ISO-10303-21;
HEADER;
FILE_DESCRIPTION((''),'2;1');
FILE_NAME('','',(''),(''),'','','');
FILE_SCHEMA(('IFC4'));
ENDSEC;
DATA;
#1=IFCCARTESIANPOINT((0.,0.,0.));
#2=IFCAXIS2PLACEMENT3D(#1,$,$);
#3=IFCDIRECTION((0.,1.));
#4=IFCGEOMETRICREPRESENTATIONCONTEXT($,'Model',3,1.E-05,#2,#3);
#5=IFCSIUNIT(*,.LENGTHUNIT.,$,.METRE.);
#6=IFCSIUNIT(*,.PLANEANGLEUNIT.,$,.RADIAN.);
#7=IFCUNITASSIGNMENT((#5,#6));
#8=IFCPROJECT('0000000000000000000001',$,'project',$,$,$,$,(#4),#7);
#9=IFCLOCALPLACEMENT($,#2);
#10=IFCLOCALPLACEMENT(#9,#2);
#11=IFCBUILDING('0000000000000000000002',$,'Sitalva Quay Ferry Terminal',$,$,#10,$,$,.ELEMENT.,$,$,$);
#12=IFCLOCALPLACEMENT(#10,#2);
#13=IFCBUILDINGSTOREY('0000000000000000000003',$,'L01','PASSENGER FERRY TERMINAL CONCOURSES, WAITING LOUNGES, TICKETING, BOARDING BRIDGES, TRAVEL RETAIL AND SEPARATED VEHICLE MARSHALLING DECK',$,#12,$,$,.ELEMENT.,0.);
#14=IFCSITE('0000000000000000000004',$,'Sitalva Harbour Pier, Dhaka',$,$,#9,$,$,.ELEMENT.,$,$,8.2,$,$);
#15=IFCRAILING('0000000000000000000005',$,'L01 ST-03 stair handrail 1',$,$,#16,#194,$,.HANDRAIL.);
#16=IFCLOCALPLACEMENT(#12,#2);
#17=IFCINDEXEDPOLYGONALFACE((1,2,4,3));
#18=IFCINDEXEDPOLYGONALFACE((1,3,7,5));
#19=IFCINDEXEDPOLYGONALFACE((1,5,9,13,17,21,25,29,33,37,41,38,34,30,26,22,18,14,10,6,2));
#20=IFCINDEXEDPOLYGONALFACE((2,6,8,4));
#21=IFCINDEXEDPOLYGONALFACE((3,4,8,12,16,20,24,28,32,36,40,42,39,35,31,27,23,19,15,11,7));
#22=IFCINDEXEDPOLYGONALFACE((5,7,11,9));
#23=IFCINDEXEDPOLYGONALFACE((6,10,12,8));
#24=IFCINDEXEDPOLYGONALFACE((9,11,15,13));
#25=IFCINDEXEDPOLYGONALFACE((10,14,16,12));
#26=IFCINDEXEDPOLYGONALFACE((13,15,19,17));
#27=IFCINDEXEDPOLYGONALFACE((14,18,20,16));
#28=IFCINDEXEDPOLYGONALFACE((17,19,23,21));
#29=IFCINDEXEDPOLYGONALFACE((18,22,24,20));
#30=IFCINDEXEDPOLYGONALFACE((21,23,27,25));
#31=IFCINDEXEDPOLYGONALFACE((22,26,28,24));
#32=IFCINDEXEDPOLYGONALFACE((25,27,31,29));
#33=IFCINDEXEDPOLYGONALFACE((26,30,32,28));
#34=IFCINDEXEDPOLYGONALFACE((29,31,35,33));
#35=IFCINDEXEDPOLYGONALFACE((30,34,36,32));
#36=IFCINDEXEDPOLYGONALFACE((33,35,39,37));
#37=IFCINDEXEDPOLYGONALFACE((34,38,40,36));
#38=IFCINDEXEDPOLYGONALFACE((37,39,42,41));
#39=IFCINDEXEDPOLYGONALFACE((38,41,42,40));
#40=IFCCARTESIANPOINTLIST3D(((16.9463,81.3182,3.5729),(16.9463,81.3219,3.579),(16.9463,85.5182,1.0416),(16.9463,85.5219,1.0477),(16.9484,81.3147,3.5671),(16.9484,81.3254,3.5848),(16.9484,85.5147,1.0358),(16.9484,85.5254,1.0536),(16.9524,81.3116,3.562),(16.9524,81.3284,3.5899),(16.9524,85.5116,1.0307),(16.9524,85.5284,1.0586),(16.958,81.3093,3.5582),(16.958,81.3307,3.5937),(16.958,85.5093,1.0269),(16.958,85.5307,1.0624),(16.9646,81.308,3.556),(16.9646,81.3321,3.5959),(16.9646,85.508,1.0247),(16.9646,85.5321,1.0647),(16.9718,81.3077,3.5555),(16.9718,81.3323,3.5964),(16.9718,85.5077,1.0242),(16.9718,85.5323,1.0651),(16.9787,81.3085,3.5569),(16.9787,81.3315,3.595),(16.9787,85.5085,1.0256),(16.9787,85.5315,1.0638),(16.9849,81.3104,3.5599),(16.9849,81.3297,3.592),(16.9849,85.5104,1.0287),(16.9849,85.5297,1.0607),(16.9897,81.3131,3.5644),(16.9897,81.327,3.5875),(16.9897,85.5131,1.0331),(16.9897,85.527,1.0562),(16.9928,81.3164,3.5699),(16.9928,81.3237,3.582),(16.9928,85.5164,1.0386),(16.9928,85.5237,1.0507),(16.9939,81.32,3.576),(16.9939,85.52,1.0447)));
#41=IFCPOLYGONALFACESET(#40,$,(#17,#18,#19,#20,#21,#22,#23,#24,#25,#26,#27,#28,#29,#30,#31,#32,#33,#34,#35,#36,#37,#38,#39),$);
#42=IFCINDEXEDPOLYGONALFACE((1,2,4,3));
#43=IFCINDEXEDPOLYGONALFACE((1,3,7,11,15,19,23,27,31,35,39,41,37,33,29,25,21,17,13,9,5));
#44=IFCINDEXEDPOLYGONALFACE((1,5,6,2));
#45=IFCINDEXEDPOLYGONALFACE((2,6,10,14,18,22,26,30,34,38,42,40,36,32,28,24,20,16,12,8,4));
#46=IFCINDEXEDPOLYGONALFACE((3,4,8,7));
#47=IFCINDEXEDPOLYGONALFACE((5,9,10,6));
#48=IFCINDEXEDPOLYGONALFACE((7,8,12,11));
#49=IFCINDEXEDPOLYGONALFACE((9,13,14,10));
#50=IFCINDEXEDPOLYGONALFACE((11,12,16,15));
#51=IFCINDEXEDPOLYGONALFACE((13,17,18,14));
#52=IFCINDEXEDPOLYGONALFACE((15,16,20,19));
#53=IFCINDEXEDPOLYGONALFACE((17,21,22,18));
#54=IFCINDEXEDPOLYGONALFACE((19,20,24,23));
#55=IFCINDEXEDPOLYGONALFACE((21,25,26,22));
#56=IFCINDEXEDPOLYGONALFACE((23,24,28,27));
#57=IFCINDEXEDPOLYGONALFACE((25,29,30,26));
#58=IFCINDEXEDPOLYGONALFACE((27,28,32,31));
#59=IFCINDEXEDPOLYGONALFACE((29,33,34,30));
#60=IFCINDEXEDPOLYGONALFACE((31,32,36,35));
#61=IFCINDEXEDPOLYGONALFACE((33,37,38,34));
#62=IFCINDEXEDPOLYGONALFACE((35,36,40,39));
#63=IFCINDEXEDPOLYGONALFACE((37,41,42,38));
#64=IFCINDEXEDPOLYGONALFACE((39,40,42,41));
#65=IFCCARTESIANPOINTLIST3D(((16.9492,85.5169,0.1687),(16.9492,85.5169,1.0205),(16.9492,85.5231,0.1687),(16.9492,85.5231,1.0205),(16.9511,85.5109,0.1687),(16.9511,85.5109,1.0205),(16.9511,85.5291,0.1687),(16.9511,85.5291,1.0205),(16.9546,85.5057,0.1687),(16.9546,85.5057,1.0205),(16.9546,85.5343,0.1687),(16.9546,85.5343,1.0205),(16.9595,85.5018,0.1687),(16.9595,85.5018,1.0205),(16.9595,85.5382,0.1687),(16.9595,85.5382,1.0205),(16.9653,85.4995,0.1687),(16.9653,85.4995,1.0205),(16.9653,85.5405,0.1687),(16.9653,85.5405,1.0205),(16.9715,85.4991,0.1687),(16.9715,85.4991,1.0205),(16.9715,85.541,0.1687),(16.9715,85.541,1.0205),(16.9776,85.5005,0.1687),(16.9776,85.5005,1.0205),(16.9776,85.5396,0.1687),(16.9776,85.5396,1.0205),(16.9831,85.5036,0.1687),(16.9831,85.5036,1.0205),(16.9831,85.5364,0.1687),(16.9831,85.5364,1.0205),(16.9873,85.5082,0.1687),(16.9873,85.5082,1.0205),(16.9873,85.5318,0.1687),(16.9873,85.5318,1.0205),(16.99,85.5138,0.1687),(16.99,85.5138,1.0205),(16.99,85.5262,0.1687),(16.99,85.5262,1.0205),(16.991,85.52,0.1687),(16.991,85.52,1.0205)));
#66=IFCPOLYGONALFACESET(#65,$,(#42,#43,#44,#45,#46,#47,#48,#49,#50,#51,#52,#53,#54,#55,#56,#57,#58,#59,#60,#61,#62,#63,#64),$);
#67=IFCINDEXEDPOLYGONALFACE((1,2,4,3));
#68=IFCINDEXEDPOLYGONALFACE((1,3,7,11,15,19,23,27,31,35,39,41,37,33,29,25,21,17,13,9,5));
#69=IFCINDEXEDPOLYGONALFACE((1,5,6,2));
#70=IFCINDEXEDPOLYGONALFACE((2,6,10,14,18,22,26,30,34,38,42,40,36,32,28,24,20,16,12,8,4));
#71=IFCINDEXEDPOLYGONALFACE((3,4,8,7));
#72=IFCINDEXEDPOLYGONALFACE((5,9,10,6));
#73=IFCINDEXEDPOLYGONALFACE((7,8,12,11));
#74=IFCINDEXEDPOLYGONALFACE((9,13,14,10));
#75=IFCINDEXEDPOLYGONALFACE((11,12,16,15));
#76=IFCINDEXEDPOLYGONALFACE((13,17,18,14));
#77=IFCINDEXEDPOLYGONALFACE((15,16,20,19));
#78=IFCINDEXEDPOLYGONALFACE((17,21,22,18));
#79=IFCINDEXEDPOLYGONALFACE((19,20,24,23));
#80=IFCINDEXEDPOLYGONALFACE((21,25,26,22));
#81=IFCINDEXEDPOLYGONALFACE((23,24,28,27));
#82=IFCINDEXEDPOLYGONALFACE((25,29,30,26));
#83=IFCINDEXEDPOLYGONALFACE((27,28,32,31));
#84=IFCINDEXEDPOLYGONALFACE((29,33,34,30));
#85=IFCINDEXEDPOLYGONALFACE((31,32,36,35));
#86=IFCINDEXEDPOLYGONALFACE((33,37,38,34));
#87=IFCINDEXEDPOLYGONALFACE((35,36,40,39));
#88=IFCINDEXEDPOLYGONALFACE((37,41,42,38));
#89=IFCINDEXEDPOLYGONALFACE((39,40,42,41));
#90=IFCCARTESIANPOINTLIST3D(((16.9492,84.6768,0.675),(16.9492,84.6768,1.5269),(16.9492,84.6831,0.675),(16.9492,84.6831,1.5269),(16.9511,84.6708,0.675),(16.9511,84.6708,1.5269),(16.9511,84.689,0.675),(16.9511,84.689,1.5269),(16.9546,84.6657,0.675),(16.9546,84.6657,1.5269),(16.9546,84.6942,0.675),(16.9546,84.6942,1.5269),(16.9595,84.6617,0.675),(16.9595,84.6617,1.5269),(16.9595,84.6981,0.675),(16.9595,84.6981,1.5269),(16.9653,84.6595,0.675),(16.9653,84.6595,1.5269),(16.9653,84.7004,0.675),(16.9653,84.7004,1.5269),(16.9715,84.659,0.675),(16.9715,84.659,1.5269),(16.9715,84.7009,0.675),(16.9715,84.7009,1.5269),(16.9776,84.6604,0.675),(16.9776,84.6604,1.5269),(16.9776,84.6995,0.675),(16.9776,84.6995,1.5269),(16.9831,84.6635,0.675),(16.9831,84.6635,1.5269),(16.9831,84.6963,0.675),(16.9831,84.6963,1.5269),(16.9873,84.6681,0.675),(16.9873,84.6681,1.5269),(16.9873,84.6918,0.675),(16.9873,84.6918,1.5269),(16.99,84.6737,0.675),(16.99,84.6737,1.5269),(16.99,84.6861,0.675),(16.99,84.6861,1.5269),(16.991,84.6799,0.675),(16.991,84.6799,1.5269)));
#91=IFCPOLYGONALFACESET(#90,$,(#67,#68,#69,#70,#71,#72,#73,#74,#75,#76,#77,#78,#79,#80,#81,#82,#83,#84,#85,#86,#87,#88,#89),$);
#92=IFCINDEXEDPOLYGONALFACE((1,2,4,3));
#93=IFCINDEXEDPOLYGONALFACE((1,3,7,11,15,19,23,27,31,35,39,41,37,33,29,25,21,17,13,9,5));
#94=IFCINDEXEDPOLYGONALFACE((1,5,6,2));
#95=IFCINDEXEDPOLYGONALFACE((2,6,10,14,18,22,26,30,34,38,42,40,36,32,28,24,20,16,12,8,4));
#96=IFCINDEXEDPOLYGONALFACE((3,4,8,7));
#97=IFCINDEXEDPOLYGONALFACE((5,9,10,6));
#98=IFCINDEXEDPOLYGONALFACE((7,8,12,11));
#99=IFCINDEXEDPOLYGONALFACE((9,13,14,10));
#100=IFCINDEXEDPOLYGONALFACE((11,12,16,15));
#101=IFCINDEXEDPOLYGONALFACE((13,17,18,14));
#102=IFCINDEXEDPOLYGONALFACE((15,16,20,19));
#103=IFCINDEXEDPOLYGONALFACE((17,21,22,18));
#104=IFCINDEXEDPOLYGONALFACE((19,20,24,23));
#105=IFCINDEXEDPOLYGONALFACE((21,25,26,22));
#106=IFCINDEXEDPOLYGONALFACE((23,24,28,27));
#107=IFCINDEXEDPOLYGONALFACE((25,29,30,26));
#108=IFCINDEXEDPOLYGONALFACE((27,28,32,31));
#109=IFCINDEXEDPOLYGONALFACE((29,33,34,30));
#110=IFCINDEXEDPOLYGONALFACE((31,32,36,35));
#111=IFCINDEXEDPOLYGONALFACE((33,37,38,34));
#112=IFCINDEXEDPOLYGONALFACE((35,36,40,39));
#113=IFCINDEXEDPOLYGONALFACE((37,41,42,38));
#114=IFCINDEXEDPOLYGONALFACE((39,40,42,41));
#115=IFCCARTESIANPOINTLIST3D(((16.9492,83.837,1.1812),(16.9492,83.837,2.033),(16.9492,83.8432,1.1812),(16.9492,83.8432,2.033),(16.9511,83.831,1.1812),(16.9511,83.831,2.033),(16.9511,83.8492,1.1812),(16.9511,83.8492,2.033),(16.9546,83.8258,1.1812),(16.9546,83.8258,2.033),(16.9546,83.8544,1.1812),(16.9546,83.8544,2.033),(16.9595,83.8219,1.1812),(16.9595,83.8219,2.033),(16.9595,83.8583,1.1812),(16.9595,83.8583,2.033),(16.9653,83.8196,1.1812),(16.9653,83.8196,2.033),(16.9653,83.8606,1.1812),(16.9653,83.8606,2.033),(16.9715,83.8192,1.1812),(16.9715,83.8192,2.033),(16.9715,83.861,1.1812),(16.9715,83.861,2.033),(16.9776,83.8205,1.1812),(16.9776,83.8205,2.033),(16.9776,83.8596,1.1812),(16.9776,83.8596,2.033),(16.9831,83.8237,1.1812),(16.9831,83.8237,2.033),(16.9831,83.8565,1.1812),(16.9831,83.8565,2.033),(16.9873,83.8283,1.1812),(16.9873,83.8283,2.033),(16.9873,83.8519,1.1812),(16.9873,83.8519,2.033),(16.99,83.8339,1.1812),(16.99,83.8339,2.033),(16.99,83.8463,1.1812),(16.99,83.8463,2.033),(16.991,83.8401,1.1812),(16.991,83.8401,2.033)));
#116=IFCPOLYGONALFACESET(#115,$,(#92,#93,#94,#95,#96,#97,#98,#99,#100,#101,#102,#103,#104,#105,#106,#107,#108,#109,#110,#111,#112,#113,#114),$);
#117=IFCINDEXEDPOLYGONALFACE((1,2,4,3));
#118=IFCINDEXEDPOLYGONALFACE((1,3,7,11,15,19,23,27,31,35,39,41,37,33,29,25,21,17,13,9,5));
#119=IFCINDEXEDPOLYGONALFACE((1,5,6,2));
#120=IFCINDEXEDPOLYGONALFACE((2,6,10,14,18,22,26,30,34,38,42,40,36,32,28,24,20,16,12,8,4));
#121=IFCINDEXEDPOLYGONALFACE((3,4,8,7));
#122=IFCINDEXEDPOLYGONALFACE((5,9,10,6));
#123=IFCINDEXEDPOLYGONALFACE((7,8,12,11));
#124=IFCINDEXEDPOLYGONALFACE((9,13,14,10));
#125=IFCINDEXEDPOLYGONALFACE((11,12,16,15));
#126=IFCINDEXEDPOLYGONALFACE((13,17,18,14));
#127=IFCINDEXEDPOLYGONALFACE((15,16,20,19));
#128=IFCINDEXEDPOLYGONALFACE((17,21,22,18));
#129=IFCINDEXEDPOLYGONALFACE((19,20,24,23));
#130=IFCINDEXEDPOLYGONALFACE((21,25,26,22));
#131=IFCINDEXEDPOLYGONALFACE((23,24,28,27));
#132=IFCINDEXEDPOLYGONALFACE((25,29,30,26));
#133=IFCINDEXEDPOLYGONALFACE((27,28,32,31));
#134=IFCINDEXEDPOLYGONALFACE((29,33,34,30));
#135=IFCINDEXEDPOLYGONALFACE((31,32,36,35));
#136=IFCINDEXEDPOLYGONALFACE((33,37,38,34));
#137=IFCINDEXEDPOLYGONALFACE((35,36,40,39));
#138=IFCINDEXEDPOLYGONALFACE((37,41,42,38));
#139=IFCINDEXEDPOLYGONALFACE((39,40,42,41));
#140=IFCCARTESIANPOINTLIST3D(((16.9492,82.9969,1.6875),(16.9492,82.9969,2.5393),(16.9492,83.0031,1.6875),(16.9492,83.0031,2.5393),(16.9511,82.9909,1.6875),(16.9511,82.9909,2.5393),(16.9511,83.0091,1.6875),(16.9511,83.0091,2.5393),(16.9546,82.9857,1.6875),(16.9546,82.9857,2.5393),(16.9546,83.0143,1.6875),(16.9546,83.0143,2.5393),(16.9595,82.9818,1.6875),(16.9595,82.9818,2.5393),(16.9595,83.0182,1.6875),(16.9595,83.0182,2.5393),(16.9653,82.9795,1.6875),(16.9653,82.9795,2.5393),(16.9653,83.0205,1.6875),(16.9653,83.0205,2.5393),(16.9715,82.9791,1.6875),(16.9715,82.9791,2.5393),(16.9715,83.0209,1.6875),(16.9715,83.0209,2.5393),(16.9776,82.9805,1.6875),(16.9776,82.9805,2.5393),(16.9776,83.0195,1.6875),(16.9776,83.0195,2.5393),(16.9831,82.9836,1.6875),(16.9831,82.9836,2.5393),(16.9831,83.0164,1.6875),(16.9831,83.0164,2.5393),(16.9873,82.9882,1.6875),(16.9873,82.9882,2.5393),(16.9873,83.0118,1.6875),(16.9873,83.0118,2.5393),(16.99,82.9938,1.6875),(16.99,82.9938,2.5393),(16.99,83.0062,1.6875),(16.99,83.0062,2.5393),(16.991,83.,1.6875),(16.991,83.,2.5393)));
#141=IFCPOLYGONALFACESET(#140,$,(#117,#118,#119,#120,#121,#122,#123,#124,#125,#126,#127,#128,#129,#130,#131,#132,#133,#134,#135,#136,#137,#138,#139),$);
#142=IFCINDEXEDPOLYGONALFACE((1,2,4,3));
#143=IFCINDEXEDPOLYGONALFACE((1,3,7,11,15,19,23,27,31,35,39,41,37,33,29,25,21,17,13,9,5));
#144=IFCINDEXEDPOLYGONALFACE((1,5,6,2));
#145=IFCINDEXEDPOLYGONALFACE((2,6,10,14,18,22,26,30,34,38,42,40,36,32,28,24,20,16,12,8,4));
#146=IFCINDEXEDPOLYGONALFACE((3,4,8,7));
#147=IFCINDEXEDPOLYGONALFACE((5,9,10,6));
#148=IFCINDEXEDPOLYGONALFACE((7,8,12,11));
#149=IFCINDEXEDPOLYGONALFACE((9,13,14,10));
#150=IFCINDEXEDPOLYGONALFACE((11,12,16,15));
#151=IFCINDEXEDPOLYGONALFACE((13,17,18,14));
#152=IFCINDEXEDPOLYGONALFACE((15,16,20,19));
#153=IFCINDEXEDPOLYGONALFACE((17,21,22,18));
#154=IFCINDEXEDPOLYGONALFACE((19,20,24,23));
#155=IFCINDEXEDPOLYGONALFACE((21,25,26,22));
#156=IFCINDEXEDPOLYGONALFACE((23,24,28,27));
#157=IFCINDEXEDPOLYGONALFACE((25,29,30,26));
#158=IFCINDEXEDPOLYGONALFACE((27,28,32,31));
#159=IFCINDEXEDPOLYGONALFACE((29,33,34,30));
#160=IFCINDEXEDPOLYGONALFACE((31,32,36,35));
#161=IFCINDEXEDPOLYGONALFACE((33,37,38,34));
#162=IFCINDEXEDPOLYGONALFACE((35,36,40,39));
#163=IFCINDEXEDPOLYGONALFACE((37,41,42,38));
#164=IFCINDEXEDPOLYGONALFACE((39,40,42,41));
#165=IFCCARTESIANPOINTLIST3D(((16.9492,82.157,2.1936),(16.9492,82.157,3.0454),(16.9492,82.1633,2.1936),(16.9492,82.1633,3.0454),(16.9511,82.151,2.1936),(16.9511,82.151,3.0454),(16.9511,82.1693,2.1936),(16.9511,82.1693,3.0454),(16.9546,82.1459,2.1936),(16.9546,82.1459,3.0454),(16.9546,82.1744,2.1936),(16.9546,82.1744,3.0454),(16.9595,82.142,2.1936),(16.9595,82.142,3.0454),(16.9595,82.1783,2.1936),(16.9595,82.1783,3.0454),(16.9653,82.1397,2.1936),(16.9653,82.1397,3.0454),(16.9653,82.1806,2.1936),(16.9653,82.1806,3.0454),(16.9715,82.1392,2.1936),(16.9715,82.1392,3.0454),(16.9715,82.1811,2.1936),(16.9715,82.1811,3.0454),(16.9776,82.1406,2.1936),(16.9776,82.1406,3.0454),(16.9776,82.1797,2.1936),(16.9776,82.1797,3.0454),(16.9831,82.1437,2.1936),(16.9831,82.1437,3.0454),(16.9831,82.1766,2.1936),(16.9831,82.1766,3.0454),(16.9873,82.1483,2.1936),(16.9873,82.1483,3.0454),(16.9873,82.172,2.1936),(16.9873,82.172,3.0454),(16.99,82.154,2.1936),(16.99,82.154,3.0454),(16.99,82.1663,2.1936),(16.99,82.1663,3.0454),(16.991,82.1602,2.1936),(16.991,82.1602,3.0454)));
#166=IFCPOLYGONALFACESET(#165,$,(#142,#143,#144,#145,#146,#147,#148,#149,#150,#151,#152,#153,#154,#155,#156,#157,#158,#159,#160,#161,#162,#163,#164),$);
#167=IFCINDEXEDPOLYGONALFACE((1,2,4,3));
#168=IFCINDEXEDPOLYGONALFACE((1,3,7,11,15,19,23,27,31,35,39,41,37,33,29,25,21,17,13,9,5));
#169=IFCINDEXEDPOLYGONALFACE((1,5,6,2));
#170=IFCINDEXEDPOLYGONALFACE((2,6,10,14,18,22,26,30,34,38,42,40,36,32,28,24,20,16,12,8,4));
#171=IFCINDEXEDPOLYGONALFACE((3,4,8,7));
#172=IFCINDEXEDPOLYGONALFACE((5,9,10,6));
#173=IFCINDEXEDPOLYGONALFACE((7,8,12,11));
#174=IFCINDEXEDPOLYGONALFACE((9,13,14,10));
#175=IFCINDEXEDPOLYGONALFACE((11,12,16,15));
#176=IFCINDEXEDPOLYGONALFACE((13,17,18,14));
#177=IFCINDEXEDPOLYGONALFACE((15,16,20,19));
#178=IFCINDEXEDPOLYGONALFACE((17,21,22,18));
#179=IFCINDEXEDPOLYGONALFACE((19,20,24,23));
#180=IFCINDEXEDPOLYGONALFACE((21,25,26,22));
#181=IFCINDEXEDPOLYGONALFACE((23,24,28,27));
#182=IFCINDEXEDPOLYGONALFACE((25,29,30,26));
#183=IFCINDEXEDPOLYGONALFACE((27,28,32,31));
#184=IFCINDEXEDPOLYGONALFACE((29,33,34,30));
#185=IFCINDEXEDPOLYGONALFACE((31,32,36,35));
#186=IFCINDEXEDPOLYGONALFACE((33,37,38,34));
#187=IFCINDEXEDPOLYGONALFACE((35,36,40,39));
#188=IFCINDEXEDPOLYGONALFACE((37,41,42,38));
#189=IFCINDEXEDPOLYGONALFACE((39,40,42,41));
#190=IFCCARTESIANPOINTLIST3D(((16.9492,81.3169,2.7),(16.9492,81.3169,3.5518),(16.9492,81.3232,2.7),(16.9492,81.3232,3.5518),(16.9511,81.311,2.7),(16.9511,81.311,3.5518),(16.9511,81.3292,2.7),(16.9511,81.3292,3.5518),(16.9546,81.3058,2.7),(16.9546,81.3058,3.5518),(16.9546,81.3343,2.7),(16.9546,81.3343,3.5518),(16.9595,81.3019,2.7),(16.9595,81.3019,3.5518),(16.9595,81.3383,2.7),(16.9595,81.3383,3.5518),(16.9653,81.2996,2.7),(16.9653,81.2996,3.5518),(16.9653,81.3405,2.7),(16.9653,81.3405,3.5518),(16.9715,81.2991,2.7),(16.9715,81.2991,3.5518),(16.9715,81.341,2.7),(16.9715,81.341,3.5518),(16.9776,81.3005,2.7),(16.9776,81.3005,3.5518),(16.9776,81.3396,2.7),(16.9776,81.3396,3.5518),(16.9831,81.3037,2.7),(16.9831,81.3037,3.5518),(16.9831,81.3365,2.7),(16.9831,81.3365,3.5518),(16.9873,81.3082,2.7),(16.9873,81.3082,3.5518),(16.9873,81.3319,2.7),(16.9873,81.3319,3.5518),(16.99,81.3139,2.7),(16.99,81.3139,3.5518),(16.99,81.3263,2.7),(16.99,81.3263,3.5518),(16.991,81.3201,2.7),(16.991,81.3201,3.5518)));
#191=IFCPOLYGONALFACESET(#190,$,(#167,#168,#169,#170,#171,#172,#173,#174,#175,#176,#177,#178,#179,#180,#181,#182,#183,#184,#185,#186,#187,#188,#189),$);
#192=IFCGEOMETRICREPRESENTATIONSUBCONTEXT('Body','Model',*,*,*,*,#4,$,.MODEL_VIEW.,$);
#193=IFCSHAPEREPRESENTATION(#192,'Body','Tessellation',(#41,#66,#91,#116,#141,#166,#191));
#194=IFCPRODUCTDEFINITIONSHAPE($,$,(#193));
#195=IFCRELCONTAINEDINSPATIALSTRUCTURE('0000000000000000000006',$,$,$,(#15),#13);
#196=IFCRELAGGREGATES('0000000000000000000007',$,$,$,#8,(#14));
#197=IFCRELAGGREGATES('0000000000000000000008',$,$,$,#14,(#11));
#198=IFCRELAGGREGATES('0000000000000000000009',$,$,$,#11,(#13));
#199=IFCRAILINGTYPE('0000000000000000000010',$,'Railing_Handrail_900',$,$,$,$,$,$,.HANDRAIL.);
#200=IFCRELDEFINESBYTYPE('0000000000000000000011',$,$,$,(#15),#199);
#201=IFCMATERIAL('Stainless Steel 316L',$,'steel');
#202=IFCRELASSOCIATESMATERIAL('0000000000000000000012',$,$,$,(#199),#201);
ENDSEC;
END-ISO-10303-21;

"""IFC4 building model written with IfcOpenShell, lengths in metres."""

from ifc_helpers import new_model, si_unit, direction, frame, origin, origin_2d, place, context, subcontext, project, spatial, circle, extrude, material, type_object, element, save


model = new_model("IFC4")

# Units and contexts
model_context = context("Model", 3, precision=1e-05, world=origin(), true_north=direction((0.0, 1.0)))
body_context = subcontext(model_context, "Body", "Model", "MODEL_VIEW")
ifc_project = project(units=[si_unit("LENGTHUNIT", "METRE"), si_unit("PLANEANGLEUNIT", "RADIAN")], contexts=[model_context])

# Site, building, storey
site_placement = place(None, origin())
site = spatial("IfcSite", under=ifc_project, at=site_placement, Name="Sitalva Harbour Pier, Dhaka", CompositionType="ELEMENT", RefElevation=8.2)
building_placement = place(site_placement, origin())
building = spatial("IfcBuilding", under=site, at=building_placement, Name="Sitalva Quay Ferry Terminal", CompositionType="ELEMENT")
storey_placement = place(building_placement, origin())
storey = spatial("IfcBuildingStorey", under=building, at=storey_placement, Name="L01", Description="PASSENGER FERRY TERMINAL CONCOURSES, WAITING LOUNGES, TICKETING, BOARDING BRIDGES, TRAVEL RETAIL AND SEPARATED VEHICLE MARSHALLING DECK", CompositionType="ELEMENT", Elevation=0.0)

# Railing
ifc_material_1 = material(Name="Stainless Steel 316L", Category="steel")
railing_type_1 = type_object("IfcRailingType", Name="Railing_Handrail_900", PredefinedType="HANDRAIL", material=ifc_material_1)
railing_1_placement = place(storey_placement, frame((16.97, 85.52, 0.1687)))
element("IfcRailing", 1, at=railing_1_placement, inside=storey, type_object=railing_type_1, Name="L01 ST-03 stair handrail 1", PredefinedType="HANDRAIL", context=body_context, shape_type="SweptSolid", body=[
    extrude(circle(Radius=0.0239, at=origin_2d()), frame((0.0, 0.0, 0.876), z_axis=(0.0, -0.856476, 0.516186), x_axis=(1.0, 0.0, 0.0)), (0.0, 0.0, 1.0), 4.9038),
    extrude(circle(Radius=0.021, at=origin_2d()), origin(), (0.0, 0.0, 1.0), 0.8518),
    extrude(circle(Radius=0.021, at=origin_2d()), frame((0.0, -0.8401, 0.5063)), (0.0, 0.0, 1.0), 0.8518),
    extrude(circle(Radius=0.021, at=origin_2d()), frame((0.0, -1.6799, 1.0125)), (0.0, 0.0, 1.0), 0.8518),
    extrude(circle(Radius=0.021, at=origin_2d()), frame((0.0, -2.52, 1.5188)), (0.0, 0.0, 1.0), 0.8518),
    extrude(circle(Radius=0.021, at=origin_2d()), frame((0.0, -3.3599, 2.0249)), (0.0, 0.0, 1.0), 0.8518),
    extrude(circle(Radius=0.021, at=origin_2d()), frame((0.0, -4.2, 2.5312)), (0.0, 0.0, 1.0), 0.8518),
])

save(model, "model.ifc")
